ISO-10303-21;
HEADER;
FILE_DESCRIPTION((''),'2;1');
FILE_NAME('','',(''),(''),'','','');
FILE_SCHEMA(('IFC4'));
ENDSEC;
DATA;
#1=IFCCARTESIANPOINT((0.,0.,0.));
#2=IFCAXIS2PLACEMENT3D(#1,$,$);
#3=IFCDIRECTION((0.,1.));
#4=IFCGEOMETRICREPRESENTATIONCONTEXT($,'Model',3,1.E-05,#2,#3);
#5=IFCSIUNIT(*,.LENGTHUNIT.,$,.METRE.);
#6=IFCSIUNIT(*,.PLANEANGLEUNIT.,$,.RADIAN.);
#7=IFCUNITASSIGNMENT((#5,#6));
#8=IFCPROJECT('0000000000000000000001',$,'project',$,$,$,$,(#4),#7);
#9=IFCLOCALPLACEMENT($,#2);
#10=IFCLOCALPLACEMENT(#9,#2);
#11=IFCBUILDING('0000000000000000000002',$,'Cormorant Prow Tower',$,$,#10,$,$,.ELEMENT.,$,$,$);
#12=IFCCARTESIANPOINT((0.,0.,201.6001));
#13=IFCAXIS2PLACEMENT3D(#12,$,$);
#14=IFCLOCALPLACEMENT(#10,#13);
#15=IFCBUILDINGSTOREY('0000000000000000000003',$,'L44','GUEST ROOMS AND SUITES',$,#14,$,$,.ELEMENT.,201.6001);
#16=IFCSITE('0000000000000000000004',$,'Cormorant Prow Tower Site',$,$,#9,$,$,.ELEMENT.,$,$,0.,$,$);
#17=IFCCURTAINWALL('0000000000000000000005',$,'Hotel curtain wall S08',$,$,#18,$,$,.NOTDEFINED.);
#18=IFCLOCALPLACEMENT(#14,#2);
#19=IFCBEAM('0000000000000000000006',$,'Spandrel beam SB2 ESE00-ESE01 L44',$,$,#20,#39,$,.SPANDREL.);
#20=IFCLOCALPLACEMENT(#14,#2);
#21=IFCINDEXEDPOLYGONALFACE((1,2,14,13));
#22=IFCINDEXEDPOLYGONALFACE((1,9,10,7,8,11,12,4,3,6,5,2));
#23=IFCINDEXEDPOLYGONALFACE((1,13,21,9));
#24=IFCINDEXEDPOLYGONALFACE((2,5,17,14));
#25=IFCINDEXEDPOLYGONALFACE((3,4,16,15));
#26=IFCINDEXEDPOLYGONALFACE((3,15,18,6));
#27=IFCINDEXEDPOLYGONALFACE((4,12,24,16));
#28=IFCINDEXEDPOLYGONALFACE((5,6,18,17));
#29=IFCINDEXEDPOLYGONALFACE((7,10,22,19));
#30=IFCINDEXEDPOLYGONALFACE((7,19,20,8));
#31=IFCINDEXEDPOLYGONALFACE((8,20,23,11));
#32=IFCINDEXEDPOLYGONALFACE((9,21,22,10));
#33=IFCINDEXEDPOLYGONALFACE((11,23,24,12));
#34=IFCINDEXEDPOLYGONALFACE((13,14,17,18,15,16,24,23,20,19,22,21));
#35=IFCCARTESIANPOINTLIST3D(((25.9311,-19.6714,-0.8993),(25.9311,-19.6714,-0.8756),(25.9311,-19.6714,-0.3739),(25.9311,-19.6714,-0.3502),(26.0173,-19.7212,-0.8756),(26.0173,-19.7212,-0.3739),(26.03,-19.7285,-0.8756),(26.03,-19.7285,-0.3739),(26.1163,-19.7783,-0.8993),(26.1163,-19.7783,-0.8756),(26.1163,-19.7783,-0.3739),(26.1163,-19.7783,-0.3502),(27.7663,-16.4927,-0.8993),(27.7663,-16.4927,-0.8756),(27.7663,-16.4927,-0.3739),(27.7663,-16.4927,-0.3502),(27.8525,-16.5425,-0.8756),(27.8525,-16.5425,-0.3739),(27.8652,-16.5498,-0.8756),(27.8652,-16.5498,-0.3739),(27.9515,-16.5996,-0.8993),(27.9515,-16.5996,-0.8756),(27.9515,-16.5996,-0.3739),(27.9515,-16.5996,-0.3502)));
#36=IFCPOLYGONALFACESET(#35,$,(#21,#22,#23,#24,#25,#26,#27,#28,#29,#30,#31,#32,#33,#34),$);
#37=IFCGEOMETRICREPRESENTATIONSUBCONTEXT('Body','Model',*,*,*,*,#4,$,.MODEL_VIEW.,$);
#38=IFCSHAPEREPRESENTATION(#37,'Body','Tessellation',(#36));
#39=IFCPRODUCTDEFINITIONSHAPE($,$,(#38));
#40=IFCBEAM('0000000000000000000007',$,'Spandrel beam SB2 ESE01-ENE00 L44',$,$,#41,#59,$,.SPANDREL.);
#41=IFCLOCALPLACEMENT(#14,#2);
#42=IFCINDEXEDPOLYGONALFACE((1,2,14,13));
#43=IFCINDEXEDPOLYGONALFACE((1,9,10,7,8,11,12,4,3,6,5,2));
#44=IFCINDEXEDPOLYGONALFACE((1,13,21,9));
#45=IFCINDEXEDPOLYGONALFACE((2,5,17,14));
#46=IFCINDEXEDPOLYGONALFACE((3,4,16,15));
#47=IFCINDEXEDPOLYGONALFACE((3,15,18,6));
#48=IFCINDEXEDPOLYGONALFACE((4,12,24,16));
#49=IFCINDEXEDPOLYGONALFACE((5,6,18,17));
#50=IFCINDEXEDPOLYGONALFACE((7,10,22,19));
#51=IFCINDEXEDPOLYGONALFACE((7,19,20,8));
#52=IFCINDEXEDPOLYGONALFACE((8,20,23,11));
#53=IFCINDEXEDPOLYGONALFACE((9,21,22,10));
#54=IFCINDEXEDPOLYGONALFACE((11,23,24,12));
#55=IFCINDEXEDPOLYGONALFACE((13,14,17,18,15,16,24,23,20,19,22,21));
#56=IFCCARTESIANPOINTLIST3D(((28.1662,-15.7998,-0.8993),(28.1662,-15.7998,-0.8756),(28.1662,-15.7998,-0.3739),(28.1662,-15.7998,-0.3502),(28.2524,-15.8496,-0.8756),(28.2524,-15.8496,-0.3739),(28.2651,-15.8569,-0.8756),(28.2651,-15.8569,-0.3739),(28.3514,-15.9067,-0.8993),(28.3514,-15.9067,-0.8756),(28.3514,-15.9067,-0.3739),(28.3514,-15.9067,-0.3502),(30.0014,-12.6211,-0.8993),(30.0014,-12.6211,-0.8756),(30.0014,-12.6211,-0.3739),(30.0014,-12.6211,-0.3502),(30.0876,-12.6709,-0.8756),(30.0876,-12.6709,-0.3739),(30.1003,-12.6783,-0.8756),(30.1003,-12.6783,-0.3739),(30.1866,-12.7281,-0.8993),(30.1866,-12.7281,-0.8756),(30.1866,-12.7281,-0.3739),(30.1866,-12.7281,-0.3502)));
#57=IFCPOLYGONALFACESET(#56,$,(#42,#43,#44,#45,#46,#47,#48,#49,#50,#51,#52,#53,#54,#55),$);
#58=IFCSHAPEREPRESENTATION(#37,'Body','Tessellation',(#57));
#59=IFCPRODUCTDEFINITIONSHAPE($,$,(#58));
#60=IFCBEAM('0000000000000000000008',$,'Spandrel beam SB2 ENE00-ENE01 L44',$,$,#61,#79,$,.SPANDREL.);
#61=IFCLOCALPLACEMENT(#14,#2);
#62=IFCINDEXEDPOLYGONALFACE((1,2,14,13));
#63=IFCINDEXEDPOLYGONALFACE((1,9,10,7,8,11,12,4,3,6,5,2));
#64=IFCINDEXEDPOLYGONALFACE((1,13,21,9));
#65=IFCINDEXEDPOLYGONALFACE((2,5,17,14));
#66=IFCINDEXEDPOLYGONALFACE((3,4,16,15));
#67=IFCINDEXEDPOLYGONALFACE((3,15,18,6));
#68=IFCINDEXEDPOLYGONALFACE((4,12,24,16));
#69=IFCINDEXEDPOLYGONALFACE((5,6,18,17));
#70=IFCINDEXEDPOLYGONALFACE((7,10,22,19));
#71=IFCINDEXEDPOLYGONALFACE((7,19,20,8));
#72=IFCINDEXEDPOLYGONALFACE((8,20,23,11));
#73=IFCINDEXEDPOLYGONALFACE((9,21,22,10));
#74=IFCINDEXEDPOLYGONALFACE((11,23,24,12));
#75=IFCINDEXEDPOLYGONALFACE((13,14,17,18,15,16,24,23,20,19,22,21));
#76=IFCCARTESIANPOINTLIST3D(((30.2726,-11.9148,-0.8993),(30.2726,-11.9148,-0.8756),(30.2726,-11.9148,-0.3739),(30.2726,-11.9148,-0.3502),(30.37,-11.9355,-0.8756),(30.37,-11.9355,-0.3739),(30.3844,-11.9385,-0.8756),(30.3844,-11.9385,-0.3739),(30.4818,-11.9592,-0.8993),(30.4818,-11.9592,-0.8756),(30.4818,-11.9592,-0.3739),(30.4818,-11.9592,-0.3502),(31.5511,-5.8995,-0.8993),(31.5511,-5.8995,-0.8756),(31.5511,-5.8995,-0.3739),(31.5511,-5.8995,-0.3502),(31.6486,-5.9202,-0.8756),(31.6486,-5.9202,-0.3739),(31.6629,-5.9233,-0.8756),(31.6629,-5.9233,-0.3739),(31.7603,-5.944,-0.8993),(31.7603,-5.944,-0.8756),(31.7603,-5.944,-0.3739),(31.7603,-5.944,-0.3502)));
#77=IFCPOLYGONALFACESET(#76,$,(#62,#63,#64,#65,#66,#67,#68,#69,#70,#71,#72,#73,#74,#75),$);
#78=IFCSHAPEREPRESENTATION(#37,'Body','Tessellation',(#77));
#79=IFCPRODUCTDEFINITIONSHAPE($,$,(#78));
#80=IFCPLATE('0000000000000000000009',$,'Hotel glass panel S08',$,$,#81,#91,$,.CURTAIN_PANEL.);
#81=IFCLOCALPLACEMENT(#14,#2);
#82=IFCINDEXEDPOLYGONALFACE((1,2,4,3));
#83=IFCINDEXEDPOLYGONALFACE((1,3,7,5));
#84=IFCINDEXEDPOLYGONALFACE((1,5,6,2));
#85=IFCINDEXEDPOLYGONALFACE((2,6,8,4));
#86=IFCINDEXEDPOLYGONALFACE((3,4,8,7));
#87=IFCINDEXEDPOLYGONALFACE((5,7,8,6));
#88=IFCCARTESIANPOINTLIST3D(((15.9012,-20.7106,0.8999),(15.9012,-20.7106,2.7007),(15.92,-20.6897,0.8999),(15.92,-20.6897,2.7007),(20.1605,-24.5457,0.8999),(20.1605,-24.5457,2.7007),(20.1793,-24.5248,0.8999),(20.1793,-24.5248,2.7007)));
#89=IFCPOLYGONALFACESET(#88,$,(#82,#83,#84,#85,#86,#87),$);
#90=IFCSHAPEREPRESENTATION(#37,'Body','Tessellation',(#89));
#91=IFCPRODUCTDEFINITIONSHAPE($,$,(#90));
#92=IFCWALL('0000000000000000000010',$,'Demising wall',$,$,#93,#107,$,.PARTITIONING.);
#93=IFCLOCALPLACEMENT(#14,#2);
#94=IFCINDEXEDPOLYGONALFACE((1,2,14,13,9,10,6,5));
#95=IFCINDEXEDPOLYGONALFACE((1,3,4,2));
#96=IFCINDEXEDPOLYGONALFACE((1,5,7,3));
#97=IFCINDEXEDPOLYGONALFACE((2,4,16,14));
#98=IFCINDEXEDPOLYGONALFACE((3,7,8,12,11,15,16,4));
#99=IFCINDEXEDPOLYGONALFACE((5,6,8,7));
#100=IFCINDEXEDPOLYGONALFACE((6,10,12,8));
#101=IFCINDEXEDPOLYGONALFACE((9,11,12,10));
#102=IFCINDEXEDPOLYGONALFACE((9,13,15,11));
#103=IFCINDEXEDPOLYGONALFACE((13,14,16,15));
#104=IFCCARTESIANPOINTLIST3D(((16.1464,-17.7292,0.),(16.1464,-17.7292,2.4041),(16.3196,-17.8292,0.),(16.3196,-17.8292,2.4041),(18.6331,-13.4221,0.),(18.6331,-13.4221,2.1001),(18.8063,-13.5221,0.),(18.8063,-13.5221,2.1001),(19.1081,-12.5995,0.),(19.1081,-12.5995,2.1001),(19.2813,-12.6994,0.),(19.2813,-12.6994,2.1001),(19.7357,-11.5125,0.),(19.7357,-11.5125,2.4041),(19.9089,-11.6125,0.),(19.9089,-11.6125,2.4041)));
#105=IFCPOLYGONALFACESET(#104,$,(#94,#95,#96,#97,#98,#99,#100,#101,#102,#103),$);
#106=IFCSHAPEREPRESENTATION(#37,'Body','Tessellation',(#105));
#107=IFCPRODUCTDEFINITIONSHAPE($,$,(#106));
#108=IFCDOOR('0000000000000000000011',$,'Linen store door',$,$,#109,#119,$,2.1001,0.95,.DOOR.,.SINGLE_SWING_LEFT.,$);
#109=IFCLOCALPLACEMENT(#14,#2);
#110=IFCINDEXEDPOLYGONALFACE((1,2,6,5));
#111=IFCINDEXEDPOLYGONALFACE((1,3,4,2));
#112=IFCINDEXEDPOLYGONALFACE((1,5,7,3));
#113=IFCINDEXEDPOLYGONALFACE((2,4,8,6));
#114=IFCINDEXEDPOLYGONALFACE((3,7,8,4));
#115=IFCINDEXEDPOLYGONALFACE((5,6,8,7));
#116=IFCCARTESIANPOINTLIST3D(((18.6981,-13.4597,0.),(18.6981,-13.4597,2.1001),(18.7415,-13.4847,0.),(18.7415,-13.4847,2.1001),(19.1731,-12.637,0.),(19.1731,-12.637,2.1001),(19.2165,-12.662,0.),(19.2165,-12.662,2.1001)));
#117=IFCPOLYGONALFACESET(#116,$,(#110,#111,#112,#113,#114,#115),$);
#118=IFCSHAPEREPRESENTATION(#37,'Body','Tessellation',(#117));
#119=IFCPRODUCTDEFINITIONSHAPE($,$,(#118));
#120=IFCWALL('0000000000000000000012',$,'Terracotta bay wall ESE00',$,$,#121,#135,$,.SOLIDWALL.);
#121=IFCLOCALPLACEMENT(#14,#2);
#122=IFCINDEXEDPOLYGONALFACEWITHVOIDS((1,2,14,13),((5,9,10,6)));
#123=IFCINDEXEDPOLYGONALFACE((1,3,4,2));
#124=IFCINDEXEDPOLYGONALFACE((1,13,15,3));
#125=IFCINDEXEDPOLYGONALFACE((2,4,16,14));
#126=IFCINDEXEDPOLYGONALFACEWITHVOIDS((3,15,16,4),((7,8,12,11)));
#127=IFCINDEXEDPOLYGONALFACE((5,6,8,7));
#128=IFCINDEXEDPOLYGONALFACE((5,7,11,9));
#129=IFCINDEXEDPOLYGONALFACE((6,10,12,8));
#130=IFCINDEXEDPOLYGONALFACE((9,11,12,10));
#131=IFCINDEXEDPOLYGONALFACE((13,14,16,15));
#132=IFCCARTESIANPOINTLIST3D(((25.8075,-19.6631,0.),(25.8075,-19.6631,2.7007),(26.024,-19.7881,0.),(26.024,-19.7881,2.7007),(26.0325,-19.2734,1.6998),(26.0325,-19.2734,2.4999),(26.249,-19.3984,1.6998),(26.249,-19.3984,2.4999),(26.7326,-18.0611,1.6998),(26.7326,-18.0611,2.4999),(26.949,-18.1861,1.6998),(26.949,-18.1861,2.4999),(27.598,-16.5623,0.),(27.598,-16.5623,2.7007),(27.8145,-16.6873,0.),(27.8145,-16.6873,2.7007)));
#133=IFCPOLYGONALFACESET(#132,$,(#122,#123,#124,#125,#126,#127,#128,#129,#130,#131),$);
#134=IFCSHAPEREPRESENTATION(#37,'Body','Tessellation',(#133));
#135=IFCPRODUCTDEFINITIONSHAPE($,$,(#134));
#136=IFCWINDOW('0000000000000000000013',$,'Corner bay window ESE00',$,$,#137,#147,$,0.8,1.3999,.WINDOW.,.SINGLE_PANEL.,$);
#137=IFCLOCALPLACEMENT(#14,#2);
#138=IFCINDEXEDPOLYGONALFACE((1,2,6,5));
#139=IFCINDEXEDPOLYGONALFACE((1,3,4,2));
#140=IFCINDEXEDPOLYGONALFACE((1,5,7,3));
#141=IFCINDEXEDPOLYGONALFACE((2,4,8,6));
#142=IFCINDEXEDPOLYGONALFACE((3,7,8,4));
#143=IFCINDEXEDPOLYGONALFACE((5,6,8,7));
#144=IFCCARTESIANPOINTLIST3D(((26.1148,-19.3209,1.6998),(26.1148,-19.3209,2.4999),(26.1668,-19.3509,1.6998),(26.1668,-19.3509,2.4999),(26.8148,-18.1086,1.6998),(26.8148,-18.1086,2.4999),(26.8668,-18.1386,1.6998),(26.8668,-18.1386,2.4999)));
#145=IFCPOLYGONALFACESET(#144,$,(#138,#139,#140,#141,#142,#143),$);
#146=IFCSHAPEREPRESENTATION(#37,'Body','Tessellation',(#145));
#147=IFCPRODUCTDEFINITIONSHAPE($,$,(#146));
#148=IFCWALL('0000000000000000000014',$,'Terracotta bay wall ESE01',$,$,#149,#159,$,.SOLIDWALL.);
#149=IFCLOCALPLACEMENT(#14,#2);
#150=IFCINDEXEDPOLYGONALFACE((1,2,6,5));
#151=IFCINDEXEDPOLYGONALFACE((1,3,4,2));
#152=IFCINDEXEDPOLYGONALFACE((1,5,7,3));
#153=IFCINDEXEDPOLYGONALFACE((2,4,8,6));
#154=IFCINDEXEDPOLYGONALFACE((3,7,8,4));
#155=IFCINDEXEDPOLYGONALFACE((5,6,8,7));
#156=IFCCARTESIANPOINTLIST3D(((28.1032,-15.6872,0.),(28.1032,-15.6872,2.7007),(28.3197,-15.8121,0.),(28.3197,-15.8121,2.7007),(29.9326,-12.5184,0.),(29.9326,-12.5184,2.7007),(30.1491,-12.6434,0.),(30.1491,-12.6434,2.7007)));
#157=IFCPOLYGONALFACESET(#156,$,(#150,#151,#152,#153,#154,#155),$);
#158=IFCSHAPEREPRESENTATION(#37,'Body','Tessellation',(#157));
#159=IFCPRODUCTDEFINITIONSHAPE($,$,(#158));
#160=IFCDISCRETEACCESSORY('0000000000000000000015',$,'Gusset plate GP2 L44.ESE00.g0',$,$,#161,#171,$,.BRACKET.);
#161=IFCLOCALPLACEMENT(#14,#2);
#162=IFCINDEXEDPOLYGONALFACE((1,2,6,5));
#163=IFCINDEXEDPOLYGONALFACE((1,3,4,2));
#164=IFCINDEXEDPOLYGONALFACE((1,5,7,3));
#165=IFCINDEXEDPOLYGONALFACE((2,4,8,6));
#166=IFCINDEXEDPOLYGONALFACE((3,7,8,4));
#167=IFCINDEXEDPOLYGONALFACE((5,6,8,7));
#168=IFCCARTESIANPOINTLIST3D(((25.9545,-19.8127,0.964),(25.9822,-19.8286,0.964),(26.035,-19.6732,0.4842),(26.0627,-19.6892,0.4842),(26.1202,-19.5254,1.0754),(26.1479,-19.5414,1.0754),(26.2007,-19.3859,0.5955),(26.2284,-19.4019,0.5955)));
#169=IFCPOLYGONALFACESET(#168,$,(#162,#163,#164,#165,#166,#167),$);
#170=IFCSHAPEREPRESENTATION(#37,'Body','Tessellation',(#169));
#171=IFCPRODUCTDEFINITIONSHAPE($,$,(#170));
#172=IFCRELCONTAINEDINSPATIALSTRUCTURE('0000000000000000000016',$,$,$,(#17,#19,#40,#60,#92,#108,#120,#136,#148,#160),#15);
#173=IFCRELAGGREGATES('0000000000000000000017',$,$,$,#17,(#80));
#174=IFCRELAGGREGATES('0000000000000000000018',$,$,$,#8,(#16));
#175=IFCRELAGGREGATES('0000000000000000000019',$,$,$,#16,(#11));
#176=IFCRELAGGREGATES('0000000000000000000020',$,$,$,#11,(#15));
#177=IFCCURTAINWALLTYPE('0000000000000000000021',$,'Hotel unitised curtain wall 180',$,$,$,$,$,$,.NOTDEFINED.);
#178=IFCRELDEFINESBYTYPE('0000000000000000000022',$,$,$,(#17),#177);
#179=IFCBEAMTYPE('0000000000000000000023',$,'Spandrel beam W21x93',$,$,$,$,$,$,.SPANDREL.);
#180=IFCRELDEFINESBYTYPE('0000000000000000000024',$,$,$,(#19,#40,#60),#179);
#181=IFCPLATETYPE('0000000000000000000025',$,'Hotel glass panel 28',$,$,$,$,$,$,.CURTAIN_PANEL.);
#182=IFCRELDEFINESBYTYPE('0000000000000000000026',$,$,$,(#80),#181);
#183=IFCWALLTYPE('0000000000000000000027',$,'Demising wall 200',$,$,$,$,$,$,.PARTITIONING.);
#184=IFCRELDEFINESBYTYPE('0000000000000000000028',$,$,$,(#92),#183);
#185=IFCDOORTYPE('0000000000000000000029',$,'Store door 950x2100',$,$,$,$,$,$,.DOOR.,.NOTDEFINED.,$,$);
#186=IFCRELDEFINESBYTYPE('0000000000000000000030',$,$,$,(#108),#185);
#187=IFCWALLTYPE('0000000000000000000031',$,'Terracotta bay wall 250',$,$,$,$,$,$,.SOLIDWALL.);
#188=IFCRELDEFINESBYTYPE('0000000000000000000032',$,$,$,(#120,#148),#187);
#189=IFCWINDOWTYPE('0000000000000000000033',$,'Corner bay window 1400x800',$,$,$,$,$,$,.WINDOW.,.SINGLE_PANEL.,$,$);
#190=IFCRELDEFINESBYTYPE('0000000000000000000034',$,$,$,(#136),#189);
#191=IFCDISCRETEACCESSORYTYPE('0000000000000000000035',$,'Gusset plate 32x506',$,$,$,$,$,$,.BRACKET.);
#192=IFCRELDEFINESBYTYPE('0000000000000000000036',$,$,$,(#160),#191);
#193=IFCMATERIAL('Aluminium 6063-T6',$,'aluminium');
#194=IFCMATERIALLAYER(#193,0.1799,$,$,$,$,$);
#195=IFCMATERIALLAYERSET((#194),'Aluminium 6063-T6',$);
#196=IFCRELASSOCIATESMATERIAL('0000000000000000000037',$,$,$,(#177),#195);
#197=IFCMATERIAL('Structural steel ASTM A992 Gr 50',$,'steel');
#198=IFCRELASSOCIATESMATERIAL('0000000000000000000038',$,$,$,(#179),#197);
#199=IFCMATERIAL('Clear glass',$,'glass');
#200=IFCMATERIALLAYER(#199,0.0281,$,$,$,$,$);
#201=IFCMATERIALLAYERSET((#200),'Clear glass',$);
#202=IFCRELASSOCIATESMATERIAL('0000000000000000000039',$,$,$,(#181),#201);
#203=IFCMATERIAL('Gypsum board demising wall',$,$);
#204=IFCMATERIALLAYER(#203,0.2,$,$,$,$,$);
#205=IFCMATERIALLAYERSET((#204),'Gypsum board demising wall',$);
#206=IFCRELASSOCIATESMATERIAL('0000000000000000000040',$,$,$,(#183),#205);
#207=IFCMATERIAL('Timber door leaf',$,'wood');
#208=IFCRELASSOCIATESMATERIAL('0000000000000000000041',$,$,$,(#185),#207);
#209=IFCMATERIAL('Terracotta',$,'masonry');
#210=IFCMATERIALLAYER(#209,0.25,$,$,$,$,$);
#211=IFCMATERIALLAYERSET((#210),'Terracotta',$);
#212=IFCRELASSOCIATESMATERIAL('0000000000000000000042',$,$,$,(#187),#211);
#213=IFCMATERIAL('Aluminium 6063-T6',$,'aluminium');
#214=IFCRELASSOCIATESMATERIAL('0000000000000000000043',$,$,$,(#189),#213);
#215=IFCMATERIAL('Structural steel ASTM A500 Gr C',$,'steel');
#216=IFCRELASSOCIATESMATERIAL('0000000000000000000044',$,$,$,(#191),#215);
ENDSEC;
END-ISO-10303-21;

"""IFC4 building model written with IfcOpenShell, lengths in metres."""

from ifc_helpers import new_model, si_unit, direction, frame, frame_2d, origin, origin_2d, place, context, subcontext, project, spatial, rectangle, i_section, extrude, material, layer, layer_set, material_profile, profile_set, type_object, element, fill, aggregate, save


model = new_model("IFC4")

# Units and contexts
model_context = context("Model", 3, precision=1e-05, world=origin(), true_north=direction((0.0, 1.0)))
body_context = subcontext(model_context, "Body", "Model", "MODEL_VIEW")
ifc_project = project(units=[si_unit("LENGTHUNIT", "METRE"), si_unit("PLANEANGLEUNIT", "RADIAN")], contexts=[model_context])

# Site, building, storey
site_placement = place(None, origin())
site = spatial("IfcSite", under=ifc_project, at=site_placement, Name="Cormorant Prow Tower Site", CompositionType="ELEMENT", RefElevation=0.0)
building_placement = place(site_placement, origin())
building = spatial("IfcBuilding", under=site, at=building_placement, Name="Cormorant Prow Tower", CompositionType="ELEMENT")
storey_placement = place(building_placement, frame((0.0, 0.0, 201.6001)))
storey = spatial("IfcBuildingStorey", under=building, at=storey_placement, Name="L44", Description="GUEST ROOMS AND SUITES", CompositionType="ELEMENT", Elevation=201.6001)

# Curtain wall
ifc_material_1 = material(Name="Aluminium 6063-T6", Category="aluminium")
ifc_layer_1 = layer(ifc_material_1, 0.1799)
ifc_layer_set_1 = layer_set([ifc_layer_1], Name="Aluminium 6063-T6")
curtain_wall_type = type_object("IfcCurtainWallType", Name="Hotel unitised curtain wall 180", PredefinedType="NOTDEFINED", material=ifc_layer_set_1)
curtain_wall_placement = place(storey_placement, origin())
curtain_wall = element("IfcCurtainWall", 1, at=curtain_wall_placement, inside=storey, type_object=curtain_wall_type, Name="Hotel curtain wall S08", PredefinedType="NOTDEFINED")

# Beams
ifc_material_2 = material(Name="Structural steel ASTM A992 Gr 50", Category="steel")
ifc_material_profile_1 = material_profile(ifc_material_2, i_section(OverallWidth=0.2139, OverallDepth=0.5491, WebThickness=0.0146, FlangeThickness=0.0237, at=origin_2d()), Name="W21x93")
ifc_profile_set_1 = profile_set([ifc_material_profile_1], Name="Structural steel ASTM A992 Gr 50")
beam_type = type_object("IfcBeamType", Name="Spandrel beam W21x93", PredefinedType="SPANDREL", material=ifc_profile_set_1)
for number, where, z_axis, x_axis, name in (
    (2, (26.0237, -19.7249, -0.6248), (0.499995, 0.866028, 0.0), (-0.866028, 0.499995, 0.0), "Spandrel beam SB2 ESE00-ESE01 L44"),
    (3, (28.2588, -15.8533, -0.6248), (0.499995, 0.866028, 0.0), (-0.866028, 0.499995, 0.0), "Spandrel beam SB2 ESE01-ENE00 L44"),
):
    element("IfcBeam", number, at=place(storey_placement, frame(where, z_axis=z_axis, x_axis=x_axis)), inside=storey, type_object=beam_type, Name=name, PredefinedType="SPANDREL", context=body_context, shape_type="SweptSolid", body=[
        extrude(i_section(OverallWidth=0.2139, OverallDepth=0.5491, WebThickness=0.0146, FlangeThickness=0.0237, at=origin_2d()), origin(), (0.0, 0.0, 1.0), 3.6704),
    ])
beam_1_placement = place(storey_placement, frame((30.3772, -11.937, -0.6248), z_axis=(0.207905, 0.978149, 0.0), x_axis=(-0.978149, 0.207905, 0.0)))
element("IfcBeam", 4, at=beam_1_placement, inside=storey, type_object=beam_type, Name="Spandrel beam SB2 ENE00-ENE01 L44", PredefinedType="SPANDREL", context=body_context, shape_type="SweptSolid", body=[
    extrude(i_section(OverallWidth=0.2139, OverallDepth=0.5491, WebThickness=0.0146, FlangeThickness=0.0237, at=origin_2d()), origin(), (0.0, 0.0, 1.0), 6.1497),
])

# Plate
ifc_material_3 = material(Name="Clear glass", Category="glass")
ifc_layer_2 = layer(ifc_material_3, 0.0281)
ifc_layer_set_2 = layer_set([ifc_layer_2], Name="Clear glass")
plate_type = type_object("IfcPlateType", Name="Hotel glass panel 28", PredefinedType="CURTAIN_PANEL", material=ifc_layer_set_2)
plate_placement = place(storey_placement, frame((18.0403, -22.6177, 0.8999), z_axis=(0.0, 0.0, 1.0), x_axis=(0.743145, -0.669131, 0.0)))
plate = element("IfcPlate", 5, at=plate_placement, type_object=plate_type, Name="Hotel glass panel S08", PredefinedType="CURTAIN_PANEL", context=body_context, shape_type="SweptSolid", body=[
    extrude(rectangle(XDim=5.7314, YDim=0.0281, at=origin_2d()), origin(), (0.0, 0.0, 1.0), 1.8008),
])
aggregate(curtain_wall, [plate])

# Wall, opening, door
ifc_material_4 = material(Name="Gypsum board demising wall")
ifc_layer_3 = layer(ifc_material_4, 0.2)
ifc_layer_set_3 = layer_set([ifc_layer_3], Name="Gypsum board demising wall")
wall_type_1 = type_object("IfcWallType", Name="Demising wall 200", PredefinedType="PARTITIONING", material=ifc_layer_set_3)
wall_1_placement = place(storey_placement, frame((16.2329, -17.7793, 0.0), z_axis=(0.0, 0.0, 1.0), x_axis=(0.500009, 0.86602, 0.0)))
wall_1 = element("IfcWall", 6, at=wall_1_placement, inside=storey, type_object=wall_type_1, Name="Demising wall", PredefinedType="PARTITIONING", context=body_context, shape_type="SweptSolid", body=[
    extrude(rectangle(XDim=7.1785, YDim=0.2, at=frame_2d((3.5894, 0.0))), origin(), (0.0, 0.0, 1.0), 2.4041),
])
opening_1_placement = place(wall_1_placement, frame((4.9734, 0.0, 0.0)))
opening_1 = element("IfcOpeningElement", 7, at=opening_1_placement, cuts=wall_1, PredefinedType="OPENING", context=body_context, shape_type="SweptSolid", body=[
    extrude(rectangle(XDim=0.95, YDim=2.1001, at=frame_2d((0.4751, 1.05))), frame((0.0, 0.1099, 0.0), z_axis=(0.0, -1.0, 0.0), x_axis=(1.0, 0.0, 0.0)), (0.0, 0.0, 1.0), 0.22),
])
ifc_material_5 = material(Name="Timber door leaf", Category="wood")
door_type_1 = type_object("IfcDoorType", Name="Store door 950x2100", OperationType="NOTDEFINED", PredefinedType="DOOR", material=ifc_material_5)
door_1_placement = place(opening_1_placement, origin())
door_1 = element("IfcDoor", 8, at=door_1_placement, inside=storey, type_object=door_type_1, Name="Linen store door", OperationType="SINGLE_SWING_LEFT", OverallHeight=2.1001, OverallWidth=0.95, PredefinedType="DOOR", context=body_context, shape_type="SweptSolid", body=[
    extrude(rectangle(XDim=0.95, YDim=2.1001, at=frame_2d((0.4751, 1.05))), frame((0.0, 0.0249, 0.0), z_axis=(0.0, -1.0, 0.0), x_axis=(1.0, 0.0, 0.0)), (0.0, 0.0, 1.0), 0.05),
])
fill(opening_1, door_1)

# Wall, opening, window
ifc_material_6 = material(Name="Terracotta", Category="masonry")
ifc_layer_4 = layer(ifc_material_6, 0.25)
ifc_layer_set_4 = layer_set([ifc_layer_4], Name="Terracotta")
wall_type_2 = type_object("IfcWallType", Name="Terracotta bay wall 250", PredefinedType="SOLIDWALL", material=ifc_layer_set_4)
wall_2_placement = place(storey_placement, frame((25.9158, -19.7256, 0.0), z_axis=(0.0, 0.0, 1.0), x_axis=(0.500055, 0.865994, 0.0)))
wall_2 = element("IfcWall", 9, at=wall_2_placement, inside=storey, type_object=wall_type_2, Name="Terracotta bay wall ESE00", PredefinedType="SOLIDWALL", context=body_context, shape_type="SweptSolid", body=[
    extrude(rectangle(XDim=3.5806, YDim=0.25, at=frame_2d((1.7903, 0.0))), origin(), (0.0, 0.0, 1.0), 2.7007),
])
opening_2_placement = place(wall_2_placement, frame((0.45, 0.0, 1.7)))
opening_2 = element("IfcOpeningElement", 10, at=opening_2_placement, cuts=wall_2, PredefinedType="OPENING", context=body_context, shape_type="SweptSolid", body=[
    extrude(rectangle(XDim=1.3999, YDim=0.8, at=frame_2d((0.7, 0.3999))), frame((0.0, 0.135, 0.0), z_axis=(0.0, -1.0, 0.0), x_axis=(1.0, 0.0, 0.0)), (0.0, 0.0, 1.0), 0.27),
])
ifc_material_7 = material(Name="Aluminium 6063-T6", Category="aluminium")
window_type = type_object("IfcWindowType", Name="Corner bay window 1400x800", PartitioningType="SINGLE_PANEL", PredefinedType="WINDOW", material=ifc_material_7)
window_placement = place(opening_2_placement, origin())
window = element("IfcWindow", 11, at=window_placement, inside=storey, type_object=window_type, Name="Corner bay window ESE00", OverallHeight=0.8, OverallWidth=1.3999, PartitioningType="SINGLE_PANEL", PredefinedType="WINDOW", context=body_context, shape_type="SweptSolid", body=[
    extrude(rectangle(XDim=1.3999, YDim=0.8, at=frame_2d((0.7, 0.3999))), frame((0.0, 0.03, 0.0), z_axis=(0.0, -1.0, 0.0), x_axis=(1.0, 0.0, 0.0)), (0.0, 0.0, 1.0), 0.0601),
])
fill(opening_2, window)

# Wall
wall_3_placement = place(storey_placement, frame((28.2114, -15.7498, 0.0), z_axis=(0.0, 0.0, 1.0), x_axis=(0.499979, 0.866038, 0.0)))
element("IfcWall", 12, at=wall_3_placement, inside=storey, type_object=wall_type_2, Name="Terracotta bay wall ESE01", PredefinedType="SOLIDWALL", context=body_context, shape_type="SweptSolid", body=[
    extrude(rectangle(XDim=3.6589, YDim=0.25, at=frame_2d((1.8296, 0.0))), origin(), (0.0, 0.0, 1.0), 2.7007),
])

# Discrete accessory
ifc_material_8 = material(Name="Structural steel ASTM A500 Gr C", Category="steel")
ifc_material_profile_2 = material_profile(ifc_material_8, rectangle(XDim=0.032, YDim=0.5061, at=origin_2d()), Name="Gusset plate 32x506")
ifc_profile_set_2 = profile_set([ifc_material_profile_2], Name="Structural steel ASTM A500 Gr C")
discrete_accessory_type = type_object("IfcDiscreteAccessoryType", Name="Gusset plate 32x506", PredefinedType="BRACKET", material=ifc_profile_set_2)
discrete_accessory_1_placement = place(storey_placement, frame((26.1743, -19.4636, 0.8354), z_axis=(-0.473737, -0.82119, -0.31815), x_axis=(0.866198, -0.499701, 0.0)))
element("IfcDiscreteAccessory", 13, at=discrete_accessory_1_placement, inside=storey, type_object=discrete_accessory_type, Name="Gusset plate GP2 L44.ESE00.g0", PredefinedType="BRACKET", context=body_context, shape_type="SweptSolid", body=[
    extrude(rectangle(XDim=0.032, YDim=0.5061, at=origin_2d()), origin(), (0.0, 0.0, 1.0), 0.3499),
])

save(model, "model.ifc")
